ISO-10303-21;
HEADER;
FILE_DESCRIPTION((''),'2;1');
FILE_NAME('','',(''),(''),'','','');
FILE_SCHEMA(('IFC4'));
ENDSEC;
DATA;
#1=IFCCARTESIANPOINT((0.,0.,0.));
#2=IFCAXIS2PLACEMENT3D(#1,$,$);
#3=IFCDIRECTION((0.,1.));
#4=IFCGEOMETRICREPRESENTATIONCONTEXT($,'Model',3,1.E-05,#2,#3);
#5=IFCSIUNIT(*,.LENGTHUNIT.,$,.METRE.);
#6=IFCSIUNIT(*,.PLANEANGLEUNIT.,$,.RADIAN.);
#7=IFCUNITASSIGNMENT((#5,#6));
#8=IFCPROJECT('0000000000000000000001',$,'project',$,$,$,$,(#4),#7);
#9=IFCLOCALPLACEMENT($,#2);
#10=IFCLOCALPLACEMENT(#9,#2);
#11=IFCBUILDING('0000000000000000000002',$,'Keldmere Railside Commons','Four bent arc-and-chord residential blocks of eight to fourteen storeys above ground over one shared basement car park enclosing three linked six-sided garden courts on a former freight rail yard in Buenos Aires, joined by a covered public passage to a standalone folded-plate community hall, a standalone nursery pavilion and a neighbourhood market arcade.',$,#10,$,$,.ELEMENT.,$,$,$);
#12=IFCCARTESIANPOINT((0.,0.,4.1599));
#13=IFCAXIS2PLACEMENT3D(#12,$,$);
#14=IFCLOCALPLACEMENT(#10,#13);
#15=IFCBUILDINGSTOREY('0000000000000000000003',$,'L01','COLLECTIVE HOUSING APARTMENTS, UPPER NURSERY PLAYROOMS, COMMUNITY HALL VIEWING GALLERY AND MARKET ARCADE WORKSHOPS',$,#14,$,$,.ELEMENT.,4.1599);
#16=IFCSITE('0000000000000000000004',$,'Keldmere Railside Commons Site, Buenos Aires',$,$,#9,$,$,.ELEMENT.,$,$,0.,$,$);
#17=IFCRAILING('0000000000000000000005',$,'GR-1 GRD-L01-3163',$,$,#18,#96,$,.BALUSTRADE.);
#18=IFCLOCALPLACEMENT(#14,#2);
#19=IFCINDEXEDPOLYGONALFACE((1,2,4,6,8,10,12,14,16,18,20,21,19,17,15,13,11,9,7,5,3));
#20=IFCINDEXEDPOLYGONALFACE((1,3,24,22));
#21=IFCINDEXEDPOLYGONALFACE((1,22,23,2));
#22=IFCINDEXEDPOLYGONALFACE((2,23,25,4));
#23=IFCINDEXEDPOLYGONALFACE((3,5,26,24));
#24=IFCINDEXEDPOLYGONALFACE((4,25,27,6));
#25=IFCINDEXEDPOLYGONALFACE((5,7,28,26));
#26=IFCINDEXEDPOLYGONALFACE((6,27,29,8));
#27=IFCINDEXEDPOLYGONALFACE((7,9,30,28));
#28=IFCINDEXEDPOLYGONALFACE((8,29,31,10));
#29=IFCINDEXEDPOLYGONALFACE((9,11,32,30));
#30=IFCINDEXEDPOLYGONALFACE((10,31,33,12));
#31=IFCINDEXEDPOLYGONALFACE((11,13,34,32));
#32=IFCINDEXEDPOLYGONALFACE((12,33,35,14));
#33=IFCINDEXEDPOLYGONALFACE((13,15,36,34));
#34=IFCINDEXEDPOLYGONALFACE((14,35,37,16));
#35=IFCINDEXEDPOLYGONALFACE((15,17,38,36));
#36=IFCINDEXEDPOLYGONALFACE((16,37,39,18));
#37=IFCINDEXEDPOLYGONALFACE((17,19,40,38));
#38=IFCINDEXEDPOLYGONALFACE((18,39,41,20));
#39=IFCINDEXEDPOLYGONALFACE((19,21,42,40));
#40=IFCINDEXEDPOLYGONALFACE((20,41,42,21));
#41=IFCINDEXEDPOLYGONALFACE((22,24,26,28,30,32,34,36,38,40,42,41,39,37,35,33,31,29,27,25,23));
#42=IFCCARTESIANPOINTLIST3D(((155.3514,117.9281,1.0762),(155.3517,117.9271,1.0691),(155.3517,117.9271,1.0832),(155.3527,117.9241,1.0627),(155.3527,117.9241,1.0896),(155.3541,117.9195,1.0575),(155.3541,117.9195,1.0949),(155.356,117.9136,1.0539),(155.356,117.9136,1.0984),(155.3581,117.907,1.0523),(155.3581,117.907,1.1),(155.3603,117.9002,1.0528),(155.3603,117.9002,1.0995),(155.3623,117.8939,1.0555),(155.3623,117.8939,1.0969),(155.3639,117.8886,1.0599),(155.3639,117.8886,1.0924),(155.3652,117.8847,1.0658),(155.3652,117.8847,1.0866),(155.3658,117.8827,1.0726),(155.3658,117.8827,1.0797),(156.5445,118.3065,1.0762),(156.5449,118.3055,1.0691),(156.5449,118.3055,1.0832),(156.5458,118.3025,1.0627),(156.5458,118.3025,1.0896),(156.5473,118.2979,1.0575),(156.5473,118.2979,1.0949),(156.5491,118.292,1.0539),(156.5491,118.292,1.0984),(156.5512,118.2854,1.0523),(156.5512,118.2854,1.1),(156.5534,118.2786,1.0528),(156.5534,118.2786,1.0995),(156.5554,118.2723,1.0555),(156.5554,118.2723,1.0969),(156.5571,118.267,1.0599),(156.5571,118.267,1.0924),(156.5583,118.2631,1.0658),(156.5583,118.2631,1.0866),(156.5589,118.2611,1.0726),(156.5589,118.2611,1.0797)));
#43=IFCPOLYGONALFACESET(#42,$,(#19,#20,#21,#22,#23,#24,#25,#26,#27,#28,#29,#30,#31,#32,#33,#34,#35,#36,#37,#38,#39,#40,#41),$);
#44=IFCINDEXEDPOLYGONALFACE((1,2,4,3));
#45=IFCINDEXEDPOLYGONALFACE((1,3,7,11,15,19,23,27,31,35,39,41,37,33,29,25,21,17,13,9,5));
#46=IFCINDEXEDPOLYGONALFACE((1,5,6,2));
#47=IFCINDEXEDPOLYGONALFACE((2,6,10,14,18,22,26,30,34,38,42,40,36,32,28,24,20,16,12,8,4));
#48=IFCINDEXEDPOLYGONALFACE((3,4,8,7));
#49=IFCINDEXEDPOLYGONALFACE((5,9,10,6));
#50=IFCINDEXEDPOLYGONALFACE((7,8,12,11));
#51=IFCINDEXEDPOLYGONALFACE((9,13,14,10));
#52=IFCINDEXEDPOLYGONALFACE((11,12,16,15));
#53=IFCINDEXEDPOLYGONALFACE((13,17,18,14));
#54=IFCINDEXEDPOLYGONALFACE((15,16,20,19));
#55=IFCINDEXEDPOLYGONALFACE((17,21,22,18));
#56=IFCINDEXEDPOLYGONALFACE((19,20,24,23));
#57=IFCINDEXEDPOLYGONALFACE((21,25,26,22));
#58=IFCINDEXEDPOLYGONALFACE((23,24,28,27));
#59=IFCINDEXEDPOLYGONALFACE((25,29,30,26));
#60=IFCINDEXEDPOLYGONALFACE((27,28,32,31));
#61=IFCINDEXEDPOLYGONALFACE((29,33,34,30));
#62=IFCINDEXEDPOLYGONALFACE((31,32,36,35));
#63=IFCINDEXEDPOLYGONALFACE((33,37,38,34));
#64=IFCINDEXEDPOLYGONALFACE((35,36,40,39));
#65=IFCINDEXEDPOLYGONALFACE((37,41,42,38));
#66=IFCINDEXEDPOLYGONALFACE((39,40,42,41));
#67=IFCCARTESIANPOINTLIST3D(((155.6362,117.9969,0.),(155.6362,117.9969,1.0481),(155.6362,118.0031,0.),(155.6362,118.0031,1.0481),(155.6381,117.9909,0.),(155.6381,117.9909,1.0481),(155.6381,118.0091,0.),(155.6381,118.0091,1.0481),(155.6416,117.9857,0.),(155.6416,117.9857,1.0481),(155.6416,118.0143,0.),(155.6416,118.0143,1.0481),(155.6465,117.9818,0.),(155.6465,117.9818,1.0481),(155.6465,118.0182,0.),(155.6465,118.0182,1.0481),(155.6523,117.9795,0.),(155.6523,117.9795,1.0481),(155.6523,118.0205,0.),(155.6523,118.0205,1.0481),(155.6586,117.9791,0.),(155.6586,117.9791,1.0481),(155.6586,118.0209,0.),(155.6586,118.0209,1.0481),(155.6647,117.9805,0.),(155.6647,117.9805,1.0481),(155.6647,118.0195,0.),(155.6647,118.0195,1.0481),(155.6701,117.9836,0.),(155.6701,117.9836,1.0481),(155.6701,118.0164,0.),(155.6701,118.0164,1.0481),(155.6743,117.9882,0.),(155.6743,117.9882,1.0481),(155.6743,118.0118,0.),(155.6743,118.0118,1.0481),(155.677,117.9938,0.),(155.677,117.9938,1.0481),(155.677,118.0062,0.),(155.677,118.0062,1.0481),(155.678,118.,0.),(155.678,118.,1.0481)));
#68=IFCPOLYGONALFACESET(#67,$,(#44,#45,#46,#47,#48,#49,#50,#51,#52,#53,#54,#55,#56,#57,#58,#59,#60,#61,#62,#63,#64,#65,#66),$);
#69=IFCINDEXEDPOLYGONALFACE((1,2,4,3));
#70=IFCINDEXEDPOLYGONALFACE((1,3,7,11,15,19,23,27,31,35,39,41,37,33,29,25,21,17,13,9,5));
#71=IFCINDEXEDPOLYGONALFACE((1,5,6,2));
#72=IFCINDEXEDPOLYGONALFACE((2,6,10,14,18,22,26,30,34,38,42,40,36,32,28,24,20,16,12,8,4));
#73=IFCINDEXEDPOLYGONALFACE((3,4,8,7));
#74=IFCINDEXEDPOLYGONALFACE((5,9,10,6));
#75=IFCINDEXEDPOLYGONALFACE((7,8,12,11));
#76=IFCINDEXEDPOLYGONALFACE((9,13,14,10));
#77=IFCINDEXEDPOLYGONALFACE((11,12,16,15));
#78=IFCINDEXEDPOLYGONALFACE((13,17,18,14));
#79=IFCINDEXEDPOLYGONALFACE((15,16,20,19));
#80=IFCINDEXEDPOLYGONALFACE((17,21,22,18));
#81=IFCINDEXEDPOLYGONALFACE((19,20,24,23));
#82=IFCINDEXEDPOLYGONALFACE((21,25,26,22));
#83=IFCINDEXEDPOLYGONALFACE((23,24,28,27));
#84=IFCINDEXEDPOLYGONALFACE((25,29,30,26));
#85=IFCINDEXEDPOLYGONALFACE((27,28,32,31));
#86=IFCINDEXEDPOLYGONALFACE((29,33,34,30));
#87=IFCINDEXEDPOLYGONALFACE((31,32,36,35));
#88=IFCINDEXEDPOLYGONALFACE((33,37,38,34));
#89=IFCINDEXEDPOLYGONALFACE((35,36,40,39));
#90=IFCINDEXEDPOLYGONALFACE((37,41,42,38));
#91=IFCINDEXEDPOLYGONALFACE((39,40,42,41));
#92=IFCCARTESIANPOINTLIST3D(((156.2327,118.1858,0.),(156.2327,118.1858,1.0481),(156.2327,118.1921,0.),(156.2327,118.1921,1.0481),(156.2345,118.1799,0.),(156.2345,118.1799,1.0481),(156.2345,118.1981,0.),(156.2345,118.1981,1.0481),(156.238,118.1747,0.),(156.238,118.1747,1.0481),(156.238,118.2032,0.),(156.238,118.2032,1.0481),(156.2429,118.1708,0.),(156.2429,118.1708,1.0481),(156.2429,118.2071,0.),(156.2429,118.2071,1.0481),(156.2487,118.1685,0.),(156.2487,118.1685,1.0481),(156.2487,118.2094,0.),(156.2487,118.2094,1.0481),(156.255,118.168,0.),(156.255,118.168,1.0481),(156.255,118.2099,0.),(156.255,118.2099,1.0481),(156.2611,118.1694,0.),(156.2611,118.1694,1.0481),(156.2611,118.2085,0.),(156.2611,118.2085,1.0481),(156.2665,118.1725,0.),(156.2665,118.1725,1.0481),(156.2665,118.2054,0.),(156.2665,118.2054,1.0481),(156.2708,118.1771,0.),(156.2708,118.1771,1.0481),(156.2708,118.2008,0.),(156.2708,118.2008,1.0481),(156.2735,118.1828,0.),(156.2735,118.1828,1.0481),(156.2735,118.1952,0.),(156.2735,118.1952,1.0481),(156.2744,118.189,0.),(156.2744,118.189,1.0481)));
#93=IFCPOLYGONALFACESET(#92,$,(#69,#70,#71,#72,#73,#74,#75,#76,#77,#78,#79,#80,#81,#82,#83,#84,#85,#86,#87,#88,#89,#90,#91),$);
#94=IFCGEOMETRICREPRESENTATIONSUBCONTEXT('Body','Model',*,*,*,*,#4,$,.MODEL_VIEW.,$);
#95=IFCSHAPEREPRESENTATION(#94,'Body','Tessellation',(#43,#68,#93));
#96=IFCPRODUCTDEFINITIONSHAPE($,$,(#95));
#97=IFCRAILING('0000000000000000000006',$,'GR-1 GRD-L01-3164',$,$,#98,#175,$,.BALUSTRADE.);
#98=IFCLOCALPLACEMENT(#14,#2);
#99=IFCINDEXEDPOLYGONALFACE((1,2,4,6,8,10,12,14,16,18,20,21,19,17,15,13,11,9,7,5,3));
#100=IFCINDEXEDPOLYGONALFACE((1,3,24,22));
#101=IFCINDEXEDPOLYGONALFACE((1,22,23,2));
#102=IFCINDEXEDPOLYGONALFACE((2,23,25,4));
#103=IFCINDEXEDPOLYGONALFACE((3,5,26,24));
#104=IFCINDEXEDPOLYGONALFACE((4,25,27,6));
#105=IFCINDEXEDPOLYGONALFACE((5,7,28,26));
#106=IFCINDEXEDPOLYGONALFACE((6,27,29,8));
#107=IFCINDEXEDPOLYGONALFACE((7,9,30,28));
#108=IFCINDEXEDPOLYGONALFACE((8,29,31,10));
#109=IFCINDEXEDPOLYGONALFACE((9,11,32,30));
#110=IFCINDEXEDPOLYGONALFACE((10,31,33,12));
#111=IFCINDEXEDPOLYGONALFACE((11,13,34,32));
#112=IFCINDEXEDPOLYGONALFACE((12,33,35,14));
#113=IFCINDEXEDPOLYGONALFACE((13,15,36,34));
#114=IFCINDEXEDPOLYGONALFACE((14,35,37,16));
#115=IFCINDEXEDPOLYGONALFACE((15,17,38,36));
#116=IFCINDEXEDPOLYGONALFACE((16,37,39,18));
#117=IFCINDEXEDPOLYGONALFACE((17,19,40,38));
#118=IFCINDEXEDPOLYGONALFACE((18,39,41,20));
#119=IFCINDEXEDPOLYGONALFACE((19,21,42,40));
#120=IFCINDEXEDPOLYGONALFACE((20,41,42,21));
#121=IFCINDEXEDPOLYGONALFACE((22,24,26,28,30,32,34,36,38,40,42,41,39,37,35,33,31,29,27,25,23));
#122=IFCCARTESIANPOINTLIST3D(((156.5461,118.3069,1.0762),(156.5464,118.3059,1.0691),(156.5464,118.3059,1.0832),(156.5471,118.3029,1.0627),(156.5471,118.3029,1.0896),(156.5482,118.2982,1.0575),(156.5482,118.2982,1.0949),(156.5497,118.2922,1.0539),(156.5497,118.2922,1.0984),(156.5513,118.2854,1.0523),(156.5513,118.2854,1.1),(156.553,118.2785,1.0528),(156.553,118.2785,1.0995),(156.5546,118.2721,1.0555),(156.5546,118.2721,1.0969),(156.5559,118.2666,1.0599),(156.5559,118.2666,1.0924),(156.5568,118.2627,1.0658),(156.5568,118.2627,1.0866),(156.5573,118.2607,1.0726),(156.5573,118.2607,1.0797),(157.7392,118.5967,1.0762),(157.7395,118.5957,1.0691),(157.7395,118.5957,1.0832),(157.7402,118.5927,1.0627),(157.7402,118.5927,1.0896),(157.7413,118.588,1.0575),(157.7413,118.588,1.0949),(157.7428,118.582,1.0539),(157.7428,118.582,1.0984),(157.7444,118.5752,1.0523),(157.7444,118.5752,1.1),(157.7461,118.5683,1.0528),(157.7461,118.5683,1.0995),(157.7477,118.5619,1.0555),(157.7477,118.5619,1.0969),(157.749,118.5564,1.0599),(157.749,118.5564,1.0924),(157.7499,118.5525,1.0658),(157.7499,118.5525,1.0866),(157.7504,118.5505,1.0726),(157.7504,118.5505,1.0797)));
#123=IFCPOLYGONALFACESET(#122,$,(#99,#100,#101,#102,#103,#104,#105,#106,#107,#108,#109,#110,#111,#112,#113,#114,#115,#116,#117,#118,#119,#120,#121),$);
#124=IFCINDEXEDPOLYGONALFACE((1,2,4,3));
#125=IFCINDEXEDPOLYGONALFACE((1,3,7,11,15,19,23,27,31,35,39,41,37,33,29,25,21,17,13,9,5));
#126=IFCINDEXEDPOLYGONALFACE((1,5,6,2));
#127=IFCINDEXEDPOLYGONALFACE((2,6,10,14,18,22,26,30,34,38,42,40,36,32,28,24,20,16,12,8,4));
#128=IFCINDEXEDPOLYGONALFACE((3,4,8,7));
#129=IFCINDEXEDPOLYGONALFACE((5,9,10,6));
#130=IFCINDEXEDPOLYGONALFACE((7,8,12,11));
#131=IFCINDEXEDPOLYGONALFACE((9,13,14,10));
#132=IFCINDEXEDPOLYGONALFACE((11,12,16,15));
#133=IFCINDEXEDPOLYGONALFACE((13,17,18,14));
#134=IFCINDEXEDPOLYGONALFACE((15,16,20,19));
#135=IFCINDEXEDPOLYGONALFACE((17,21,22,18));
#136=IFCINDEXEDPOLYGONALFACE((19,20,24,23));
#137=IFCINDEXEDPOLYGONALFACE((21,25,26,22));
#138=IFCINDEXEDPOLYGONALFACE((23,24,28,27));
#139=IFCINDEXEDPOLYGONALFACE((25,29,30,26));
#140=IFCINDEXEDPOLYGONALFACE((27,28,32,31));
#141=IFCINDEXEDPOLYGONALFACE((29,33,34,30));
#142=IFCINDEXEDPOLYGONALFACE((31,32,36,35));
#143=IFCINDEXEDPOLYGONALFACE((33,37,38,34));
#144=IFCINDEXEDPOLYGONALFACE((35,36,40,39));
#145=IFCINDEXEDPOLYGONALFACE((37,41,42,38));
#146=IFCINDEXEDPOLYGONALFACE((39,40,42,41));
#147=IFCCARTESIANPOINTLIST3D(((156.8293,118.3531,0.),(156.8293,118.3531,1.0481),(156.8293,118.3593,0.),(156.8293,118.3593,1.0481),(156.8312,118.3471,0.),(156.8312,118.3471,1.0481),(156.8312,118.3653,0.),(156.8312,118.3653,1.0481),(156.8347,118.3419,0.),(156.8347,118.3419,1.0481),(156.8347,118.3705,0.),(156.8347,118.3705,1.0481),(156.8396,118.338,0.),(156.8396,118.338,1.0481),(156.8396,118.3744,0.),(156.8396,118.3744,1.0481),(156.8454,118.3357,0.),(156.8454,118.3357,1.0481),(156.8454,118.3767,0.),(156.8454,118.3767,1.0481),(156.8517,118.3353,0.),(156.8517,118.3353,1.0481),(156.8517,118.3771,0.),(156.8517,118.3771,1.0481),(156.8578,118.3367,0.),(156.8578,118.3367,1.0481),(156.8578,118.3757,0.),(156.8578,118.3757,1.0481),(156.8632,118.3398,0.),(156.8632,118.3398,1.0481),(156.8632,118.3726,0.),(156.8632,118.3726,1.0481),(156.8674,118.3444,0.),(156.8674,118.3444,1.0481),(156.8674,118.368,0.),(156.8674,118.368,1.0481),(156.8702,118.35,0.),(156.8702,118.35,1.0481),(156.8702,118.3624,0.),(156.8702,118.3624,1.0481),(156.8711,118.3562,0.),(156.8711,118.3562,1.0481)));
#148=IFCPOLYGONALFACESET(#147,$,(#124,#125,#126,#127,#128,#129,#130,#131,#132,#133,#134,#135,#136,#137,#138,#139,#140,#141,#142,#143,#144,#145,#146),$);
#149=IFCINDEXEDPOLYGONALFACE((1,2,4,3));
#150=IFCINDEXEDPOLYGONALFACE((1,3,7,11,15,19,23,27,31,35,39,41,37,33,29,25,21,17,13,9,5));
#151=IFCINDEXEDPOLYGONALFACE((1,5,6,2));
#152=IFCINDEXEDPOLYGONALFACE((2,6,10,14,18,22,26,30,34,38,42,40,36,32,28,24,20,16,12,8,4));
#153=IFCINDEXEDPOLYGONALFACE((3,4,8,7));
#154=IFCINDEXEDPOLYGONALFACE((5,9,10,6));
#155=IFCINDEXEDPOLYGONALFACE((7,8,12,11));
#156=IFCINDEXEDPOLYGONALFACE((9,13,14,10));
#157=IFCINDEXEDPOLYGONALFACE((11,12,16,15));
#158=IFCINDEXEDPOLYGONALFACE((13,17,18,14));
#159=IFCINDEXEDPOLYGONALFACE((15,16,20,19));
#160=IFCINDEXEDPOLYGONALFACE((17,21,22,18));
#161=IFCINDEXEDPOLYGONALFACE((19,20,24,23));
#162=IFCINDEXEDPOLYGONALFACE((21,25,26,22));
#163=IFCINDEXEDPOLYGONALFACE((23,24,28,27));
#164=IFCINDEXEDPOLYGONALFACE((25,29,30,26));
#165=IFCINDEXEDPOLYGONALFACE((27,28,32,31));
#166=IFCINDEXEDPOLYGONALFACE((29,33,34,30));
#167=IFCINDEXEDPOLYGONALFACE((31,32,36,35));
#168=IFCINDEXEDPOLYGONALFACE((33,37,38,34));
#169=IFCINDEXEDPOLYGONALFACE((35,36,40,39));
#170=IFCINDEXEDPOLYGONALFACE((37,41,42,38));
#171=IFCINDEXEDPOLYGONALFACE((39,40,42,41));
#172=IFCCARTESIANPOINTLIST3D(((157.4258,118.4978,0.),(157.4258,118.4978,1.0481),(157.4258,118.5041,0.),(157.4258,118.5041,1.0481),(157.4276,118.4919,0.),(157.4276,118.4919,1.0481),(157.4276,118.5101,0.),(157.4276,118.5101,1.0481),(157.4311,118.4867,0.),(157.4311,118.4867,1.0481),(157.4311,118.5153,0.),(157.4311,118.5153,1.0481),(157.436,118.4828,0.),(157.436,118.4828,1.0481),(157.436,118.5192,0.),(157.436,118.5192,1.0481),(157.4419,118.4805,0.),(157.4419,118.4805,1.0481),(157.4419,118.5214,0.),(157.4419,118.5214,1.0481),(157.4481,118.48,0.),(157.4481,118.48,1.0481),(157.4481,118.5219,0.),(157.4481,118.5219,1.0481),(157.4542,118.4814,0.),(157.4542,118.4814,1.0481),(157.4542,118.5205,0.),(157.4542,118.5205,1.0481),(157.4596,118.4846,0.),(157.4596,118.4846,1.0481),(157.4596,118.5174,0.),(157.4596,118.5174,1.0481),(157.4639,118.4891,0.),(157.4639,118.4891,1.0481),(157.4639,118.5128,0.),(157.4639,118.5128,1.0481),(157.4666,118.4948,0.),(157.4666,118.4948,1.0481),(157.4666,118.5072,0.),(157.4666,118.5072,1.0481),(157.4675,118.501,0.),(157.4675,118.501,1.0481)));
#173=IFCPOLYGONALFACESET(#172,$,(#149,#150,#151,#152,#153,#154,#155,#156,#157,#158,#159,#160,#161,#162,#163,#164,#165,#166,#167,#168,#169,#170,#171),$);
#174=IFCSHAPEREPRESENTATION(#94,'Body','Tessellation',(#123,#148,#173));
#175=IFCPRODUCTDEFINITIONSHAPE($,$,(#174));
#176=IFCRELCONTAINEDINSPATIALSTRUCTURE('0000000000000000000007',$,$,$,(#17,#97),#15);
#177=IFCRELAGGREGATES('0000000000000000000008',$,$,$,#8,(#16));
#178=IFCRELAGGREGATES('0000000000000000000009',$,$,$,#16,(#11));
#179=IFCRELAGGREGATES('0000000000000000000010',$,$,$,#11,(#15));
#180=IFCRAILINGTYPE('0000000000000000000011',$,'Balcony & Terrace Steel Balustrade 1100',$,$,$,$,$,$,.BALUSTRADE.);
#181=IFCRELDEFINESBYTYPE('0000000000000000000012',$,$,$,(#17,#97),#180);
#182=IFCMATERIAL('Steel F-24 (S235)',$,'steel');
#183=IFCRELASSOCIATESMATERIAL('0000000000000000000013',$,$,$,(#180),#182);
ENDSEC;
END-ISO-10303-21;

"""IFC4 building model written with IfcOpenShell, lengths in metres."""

from ifc_helpers import new_model, si_unit, direction, frame, origin, origin_2d, place, context, subcontext, project, spatial, circle, extrude, material, type_object, element, save


model = new_model("IFC4")

# Units and contexts
model_context = context("Model", 3, precision=1e-05, world=origin(), true_north=direction((0.0, 1.0)))
body_context = subcontext(model_context, "Body", "Model", "MODEL_VIEW")
ifc_project = project(units=[si_unit("LENGTHUNIT", "METRE"), si_unit("PLANEANGLEUNIT", "RADIAN")], contexts=[model_context])

# Site, building, storey
site_placement = place(None, origin())
site = spatial("IfcSite", under=ifc_project, at=site_placement, Name="Keldmere Railside Commons Site, Buenos Aires", CompositionType="ELEMENT", RefElevation=0.0)
building_placement = place(site_placement, origin())
building = spatial("IfcBuilding", under=site, at=building_placement, Name="Keldmere Railside Commons", Description="Four bent arc-and-chord residential blocks of eight to fourteen storeys above ground over one shared basement car park enclosing three linked six-sided garden courts on a former freight rail yard in Buenos Aires, joined by a covered public passage to a standalone folded-plate community hall, a standalone nursery pavilion and a neighbourhood market arcade.", CompositionType="ELEMENT")
storey_placement = place(building_placement, frame((0.0, 0.0, 4.1599)))
storey = spatial("IfcBuildingStorey", under=building, at=storey_placement, Name="L01", Description="COLLECTIVE HOUSING APARTMENTS, UPPER NURSERY PLAYROOMS, COMMUNITY HALL VIEWING GALLERY AND MARKET ARCADE WORKSHOPS", CompositionType="ELEMENT", Elevation=4.1599)

# Railings
ifc_material_1 = material(Name="Steel F-24 (S235)", Category="steel")
railing_type = type_object("IfcRailingType", Name="Balcony & Terrace Steel Balustrade 1100", PredefinedType="BALUSTRADE", material=ifc_material_1)
railing_1_placement = place(storey_placement, frame((155.3586, 117.9053, 0.0)))
element("IfcRailing", 1, at=railing_1_placement, inside=storey, type_object=railing_type, Name="GR-1 GRD-L01-3163", PredefinedType="BALUSTRADE", context=body_context, shape_type="SweptSolid", body=[
    extrude(circle(Radius=0.0239, at=origin_2d()), frame((0.0, 0.0, 1.0762), z_axis=(0.953205, 0.302326, 0.0), x_axis=(-0.302326, 0.953205, 0.0)), (0.0, 0.0, 1.0), 1.2517),
    extrude(circle(Radius=0.021, at=origin_2d()), frame((0.2983, 0.0947, 0.0)), (0.0, 0.0, 1.0), 1.0481),
    extrude(circle(Radius=0.021, at=origin_2d()), frame((0.8948, 0.2837, 0.0)), (0.0, 0.0, 1.0), 1.0481),
])
railing_2_placement = place(storey_placement, frame((156.5518, 118.2837, 0.0)))
element("IfcRailing", 2, at=railing_2_placement, inside=storey, type_object=railing_type, Name="GR-1 GRD-L01-3164", PredefinedType="BALUSTRADE", context=body_context, shape_type="SweptSolid", body=[
    extrude(circle(Radius=0.0239, at=origin_2d()), frame((0.0, 0.0, 1.0762), z_axis=(0.971747, 0.236027, 0.0), x_axis=(-0.236027, 0.971747, 0.0)), (0.0, 0.0, 1.0), 1.2278),
    extrude(circle(Radius=0.021, at=origin_2d()), frame((0.2983, 0.0725, 0.0)), (0.0, 0.0, 1.0), 1.0481),
    extrude(circle(Radius=0.021, at=origin_2d()), frame((0.8948, 0.2173, 0.0)), (0.0, 0.0, 1.0), 1.0481),
])

save(model, "model.ifc")
